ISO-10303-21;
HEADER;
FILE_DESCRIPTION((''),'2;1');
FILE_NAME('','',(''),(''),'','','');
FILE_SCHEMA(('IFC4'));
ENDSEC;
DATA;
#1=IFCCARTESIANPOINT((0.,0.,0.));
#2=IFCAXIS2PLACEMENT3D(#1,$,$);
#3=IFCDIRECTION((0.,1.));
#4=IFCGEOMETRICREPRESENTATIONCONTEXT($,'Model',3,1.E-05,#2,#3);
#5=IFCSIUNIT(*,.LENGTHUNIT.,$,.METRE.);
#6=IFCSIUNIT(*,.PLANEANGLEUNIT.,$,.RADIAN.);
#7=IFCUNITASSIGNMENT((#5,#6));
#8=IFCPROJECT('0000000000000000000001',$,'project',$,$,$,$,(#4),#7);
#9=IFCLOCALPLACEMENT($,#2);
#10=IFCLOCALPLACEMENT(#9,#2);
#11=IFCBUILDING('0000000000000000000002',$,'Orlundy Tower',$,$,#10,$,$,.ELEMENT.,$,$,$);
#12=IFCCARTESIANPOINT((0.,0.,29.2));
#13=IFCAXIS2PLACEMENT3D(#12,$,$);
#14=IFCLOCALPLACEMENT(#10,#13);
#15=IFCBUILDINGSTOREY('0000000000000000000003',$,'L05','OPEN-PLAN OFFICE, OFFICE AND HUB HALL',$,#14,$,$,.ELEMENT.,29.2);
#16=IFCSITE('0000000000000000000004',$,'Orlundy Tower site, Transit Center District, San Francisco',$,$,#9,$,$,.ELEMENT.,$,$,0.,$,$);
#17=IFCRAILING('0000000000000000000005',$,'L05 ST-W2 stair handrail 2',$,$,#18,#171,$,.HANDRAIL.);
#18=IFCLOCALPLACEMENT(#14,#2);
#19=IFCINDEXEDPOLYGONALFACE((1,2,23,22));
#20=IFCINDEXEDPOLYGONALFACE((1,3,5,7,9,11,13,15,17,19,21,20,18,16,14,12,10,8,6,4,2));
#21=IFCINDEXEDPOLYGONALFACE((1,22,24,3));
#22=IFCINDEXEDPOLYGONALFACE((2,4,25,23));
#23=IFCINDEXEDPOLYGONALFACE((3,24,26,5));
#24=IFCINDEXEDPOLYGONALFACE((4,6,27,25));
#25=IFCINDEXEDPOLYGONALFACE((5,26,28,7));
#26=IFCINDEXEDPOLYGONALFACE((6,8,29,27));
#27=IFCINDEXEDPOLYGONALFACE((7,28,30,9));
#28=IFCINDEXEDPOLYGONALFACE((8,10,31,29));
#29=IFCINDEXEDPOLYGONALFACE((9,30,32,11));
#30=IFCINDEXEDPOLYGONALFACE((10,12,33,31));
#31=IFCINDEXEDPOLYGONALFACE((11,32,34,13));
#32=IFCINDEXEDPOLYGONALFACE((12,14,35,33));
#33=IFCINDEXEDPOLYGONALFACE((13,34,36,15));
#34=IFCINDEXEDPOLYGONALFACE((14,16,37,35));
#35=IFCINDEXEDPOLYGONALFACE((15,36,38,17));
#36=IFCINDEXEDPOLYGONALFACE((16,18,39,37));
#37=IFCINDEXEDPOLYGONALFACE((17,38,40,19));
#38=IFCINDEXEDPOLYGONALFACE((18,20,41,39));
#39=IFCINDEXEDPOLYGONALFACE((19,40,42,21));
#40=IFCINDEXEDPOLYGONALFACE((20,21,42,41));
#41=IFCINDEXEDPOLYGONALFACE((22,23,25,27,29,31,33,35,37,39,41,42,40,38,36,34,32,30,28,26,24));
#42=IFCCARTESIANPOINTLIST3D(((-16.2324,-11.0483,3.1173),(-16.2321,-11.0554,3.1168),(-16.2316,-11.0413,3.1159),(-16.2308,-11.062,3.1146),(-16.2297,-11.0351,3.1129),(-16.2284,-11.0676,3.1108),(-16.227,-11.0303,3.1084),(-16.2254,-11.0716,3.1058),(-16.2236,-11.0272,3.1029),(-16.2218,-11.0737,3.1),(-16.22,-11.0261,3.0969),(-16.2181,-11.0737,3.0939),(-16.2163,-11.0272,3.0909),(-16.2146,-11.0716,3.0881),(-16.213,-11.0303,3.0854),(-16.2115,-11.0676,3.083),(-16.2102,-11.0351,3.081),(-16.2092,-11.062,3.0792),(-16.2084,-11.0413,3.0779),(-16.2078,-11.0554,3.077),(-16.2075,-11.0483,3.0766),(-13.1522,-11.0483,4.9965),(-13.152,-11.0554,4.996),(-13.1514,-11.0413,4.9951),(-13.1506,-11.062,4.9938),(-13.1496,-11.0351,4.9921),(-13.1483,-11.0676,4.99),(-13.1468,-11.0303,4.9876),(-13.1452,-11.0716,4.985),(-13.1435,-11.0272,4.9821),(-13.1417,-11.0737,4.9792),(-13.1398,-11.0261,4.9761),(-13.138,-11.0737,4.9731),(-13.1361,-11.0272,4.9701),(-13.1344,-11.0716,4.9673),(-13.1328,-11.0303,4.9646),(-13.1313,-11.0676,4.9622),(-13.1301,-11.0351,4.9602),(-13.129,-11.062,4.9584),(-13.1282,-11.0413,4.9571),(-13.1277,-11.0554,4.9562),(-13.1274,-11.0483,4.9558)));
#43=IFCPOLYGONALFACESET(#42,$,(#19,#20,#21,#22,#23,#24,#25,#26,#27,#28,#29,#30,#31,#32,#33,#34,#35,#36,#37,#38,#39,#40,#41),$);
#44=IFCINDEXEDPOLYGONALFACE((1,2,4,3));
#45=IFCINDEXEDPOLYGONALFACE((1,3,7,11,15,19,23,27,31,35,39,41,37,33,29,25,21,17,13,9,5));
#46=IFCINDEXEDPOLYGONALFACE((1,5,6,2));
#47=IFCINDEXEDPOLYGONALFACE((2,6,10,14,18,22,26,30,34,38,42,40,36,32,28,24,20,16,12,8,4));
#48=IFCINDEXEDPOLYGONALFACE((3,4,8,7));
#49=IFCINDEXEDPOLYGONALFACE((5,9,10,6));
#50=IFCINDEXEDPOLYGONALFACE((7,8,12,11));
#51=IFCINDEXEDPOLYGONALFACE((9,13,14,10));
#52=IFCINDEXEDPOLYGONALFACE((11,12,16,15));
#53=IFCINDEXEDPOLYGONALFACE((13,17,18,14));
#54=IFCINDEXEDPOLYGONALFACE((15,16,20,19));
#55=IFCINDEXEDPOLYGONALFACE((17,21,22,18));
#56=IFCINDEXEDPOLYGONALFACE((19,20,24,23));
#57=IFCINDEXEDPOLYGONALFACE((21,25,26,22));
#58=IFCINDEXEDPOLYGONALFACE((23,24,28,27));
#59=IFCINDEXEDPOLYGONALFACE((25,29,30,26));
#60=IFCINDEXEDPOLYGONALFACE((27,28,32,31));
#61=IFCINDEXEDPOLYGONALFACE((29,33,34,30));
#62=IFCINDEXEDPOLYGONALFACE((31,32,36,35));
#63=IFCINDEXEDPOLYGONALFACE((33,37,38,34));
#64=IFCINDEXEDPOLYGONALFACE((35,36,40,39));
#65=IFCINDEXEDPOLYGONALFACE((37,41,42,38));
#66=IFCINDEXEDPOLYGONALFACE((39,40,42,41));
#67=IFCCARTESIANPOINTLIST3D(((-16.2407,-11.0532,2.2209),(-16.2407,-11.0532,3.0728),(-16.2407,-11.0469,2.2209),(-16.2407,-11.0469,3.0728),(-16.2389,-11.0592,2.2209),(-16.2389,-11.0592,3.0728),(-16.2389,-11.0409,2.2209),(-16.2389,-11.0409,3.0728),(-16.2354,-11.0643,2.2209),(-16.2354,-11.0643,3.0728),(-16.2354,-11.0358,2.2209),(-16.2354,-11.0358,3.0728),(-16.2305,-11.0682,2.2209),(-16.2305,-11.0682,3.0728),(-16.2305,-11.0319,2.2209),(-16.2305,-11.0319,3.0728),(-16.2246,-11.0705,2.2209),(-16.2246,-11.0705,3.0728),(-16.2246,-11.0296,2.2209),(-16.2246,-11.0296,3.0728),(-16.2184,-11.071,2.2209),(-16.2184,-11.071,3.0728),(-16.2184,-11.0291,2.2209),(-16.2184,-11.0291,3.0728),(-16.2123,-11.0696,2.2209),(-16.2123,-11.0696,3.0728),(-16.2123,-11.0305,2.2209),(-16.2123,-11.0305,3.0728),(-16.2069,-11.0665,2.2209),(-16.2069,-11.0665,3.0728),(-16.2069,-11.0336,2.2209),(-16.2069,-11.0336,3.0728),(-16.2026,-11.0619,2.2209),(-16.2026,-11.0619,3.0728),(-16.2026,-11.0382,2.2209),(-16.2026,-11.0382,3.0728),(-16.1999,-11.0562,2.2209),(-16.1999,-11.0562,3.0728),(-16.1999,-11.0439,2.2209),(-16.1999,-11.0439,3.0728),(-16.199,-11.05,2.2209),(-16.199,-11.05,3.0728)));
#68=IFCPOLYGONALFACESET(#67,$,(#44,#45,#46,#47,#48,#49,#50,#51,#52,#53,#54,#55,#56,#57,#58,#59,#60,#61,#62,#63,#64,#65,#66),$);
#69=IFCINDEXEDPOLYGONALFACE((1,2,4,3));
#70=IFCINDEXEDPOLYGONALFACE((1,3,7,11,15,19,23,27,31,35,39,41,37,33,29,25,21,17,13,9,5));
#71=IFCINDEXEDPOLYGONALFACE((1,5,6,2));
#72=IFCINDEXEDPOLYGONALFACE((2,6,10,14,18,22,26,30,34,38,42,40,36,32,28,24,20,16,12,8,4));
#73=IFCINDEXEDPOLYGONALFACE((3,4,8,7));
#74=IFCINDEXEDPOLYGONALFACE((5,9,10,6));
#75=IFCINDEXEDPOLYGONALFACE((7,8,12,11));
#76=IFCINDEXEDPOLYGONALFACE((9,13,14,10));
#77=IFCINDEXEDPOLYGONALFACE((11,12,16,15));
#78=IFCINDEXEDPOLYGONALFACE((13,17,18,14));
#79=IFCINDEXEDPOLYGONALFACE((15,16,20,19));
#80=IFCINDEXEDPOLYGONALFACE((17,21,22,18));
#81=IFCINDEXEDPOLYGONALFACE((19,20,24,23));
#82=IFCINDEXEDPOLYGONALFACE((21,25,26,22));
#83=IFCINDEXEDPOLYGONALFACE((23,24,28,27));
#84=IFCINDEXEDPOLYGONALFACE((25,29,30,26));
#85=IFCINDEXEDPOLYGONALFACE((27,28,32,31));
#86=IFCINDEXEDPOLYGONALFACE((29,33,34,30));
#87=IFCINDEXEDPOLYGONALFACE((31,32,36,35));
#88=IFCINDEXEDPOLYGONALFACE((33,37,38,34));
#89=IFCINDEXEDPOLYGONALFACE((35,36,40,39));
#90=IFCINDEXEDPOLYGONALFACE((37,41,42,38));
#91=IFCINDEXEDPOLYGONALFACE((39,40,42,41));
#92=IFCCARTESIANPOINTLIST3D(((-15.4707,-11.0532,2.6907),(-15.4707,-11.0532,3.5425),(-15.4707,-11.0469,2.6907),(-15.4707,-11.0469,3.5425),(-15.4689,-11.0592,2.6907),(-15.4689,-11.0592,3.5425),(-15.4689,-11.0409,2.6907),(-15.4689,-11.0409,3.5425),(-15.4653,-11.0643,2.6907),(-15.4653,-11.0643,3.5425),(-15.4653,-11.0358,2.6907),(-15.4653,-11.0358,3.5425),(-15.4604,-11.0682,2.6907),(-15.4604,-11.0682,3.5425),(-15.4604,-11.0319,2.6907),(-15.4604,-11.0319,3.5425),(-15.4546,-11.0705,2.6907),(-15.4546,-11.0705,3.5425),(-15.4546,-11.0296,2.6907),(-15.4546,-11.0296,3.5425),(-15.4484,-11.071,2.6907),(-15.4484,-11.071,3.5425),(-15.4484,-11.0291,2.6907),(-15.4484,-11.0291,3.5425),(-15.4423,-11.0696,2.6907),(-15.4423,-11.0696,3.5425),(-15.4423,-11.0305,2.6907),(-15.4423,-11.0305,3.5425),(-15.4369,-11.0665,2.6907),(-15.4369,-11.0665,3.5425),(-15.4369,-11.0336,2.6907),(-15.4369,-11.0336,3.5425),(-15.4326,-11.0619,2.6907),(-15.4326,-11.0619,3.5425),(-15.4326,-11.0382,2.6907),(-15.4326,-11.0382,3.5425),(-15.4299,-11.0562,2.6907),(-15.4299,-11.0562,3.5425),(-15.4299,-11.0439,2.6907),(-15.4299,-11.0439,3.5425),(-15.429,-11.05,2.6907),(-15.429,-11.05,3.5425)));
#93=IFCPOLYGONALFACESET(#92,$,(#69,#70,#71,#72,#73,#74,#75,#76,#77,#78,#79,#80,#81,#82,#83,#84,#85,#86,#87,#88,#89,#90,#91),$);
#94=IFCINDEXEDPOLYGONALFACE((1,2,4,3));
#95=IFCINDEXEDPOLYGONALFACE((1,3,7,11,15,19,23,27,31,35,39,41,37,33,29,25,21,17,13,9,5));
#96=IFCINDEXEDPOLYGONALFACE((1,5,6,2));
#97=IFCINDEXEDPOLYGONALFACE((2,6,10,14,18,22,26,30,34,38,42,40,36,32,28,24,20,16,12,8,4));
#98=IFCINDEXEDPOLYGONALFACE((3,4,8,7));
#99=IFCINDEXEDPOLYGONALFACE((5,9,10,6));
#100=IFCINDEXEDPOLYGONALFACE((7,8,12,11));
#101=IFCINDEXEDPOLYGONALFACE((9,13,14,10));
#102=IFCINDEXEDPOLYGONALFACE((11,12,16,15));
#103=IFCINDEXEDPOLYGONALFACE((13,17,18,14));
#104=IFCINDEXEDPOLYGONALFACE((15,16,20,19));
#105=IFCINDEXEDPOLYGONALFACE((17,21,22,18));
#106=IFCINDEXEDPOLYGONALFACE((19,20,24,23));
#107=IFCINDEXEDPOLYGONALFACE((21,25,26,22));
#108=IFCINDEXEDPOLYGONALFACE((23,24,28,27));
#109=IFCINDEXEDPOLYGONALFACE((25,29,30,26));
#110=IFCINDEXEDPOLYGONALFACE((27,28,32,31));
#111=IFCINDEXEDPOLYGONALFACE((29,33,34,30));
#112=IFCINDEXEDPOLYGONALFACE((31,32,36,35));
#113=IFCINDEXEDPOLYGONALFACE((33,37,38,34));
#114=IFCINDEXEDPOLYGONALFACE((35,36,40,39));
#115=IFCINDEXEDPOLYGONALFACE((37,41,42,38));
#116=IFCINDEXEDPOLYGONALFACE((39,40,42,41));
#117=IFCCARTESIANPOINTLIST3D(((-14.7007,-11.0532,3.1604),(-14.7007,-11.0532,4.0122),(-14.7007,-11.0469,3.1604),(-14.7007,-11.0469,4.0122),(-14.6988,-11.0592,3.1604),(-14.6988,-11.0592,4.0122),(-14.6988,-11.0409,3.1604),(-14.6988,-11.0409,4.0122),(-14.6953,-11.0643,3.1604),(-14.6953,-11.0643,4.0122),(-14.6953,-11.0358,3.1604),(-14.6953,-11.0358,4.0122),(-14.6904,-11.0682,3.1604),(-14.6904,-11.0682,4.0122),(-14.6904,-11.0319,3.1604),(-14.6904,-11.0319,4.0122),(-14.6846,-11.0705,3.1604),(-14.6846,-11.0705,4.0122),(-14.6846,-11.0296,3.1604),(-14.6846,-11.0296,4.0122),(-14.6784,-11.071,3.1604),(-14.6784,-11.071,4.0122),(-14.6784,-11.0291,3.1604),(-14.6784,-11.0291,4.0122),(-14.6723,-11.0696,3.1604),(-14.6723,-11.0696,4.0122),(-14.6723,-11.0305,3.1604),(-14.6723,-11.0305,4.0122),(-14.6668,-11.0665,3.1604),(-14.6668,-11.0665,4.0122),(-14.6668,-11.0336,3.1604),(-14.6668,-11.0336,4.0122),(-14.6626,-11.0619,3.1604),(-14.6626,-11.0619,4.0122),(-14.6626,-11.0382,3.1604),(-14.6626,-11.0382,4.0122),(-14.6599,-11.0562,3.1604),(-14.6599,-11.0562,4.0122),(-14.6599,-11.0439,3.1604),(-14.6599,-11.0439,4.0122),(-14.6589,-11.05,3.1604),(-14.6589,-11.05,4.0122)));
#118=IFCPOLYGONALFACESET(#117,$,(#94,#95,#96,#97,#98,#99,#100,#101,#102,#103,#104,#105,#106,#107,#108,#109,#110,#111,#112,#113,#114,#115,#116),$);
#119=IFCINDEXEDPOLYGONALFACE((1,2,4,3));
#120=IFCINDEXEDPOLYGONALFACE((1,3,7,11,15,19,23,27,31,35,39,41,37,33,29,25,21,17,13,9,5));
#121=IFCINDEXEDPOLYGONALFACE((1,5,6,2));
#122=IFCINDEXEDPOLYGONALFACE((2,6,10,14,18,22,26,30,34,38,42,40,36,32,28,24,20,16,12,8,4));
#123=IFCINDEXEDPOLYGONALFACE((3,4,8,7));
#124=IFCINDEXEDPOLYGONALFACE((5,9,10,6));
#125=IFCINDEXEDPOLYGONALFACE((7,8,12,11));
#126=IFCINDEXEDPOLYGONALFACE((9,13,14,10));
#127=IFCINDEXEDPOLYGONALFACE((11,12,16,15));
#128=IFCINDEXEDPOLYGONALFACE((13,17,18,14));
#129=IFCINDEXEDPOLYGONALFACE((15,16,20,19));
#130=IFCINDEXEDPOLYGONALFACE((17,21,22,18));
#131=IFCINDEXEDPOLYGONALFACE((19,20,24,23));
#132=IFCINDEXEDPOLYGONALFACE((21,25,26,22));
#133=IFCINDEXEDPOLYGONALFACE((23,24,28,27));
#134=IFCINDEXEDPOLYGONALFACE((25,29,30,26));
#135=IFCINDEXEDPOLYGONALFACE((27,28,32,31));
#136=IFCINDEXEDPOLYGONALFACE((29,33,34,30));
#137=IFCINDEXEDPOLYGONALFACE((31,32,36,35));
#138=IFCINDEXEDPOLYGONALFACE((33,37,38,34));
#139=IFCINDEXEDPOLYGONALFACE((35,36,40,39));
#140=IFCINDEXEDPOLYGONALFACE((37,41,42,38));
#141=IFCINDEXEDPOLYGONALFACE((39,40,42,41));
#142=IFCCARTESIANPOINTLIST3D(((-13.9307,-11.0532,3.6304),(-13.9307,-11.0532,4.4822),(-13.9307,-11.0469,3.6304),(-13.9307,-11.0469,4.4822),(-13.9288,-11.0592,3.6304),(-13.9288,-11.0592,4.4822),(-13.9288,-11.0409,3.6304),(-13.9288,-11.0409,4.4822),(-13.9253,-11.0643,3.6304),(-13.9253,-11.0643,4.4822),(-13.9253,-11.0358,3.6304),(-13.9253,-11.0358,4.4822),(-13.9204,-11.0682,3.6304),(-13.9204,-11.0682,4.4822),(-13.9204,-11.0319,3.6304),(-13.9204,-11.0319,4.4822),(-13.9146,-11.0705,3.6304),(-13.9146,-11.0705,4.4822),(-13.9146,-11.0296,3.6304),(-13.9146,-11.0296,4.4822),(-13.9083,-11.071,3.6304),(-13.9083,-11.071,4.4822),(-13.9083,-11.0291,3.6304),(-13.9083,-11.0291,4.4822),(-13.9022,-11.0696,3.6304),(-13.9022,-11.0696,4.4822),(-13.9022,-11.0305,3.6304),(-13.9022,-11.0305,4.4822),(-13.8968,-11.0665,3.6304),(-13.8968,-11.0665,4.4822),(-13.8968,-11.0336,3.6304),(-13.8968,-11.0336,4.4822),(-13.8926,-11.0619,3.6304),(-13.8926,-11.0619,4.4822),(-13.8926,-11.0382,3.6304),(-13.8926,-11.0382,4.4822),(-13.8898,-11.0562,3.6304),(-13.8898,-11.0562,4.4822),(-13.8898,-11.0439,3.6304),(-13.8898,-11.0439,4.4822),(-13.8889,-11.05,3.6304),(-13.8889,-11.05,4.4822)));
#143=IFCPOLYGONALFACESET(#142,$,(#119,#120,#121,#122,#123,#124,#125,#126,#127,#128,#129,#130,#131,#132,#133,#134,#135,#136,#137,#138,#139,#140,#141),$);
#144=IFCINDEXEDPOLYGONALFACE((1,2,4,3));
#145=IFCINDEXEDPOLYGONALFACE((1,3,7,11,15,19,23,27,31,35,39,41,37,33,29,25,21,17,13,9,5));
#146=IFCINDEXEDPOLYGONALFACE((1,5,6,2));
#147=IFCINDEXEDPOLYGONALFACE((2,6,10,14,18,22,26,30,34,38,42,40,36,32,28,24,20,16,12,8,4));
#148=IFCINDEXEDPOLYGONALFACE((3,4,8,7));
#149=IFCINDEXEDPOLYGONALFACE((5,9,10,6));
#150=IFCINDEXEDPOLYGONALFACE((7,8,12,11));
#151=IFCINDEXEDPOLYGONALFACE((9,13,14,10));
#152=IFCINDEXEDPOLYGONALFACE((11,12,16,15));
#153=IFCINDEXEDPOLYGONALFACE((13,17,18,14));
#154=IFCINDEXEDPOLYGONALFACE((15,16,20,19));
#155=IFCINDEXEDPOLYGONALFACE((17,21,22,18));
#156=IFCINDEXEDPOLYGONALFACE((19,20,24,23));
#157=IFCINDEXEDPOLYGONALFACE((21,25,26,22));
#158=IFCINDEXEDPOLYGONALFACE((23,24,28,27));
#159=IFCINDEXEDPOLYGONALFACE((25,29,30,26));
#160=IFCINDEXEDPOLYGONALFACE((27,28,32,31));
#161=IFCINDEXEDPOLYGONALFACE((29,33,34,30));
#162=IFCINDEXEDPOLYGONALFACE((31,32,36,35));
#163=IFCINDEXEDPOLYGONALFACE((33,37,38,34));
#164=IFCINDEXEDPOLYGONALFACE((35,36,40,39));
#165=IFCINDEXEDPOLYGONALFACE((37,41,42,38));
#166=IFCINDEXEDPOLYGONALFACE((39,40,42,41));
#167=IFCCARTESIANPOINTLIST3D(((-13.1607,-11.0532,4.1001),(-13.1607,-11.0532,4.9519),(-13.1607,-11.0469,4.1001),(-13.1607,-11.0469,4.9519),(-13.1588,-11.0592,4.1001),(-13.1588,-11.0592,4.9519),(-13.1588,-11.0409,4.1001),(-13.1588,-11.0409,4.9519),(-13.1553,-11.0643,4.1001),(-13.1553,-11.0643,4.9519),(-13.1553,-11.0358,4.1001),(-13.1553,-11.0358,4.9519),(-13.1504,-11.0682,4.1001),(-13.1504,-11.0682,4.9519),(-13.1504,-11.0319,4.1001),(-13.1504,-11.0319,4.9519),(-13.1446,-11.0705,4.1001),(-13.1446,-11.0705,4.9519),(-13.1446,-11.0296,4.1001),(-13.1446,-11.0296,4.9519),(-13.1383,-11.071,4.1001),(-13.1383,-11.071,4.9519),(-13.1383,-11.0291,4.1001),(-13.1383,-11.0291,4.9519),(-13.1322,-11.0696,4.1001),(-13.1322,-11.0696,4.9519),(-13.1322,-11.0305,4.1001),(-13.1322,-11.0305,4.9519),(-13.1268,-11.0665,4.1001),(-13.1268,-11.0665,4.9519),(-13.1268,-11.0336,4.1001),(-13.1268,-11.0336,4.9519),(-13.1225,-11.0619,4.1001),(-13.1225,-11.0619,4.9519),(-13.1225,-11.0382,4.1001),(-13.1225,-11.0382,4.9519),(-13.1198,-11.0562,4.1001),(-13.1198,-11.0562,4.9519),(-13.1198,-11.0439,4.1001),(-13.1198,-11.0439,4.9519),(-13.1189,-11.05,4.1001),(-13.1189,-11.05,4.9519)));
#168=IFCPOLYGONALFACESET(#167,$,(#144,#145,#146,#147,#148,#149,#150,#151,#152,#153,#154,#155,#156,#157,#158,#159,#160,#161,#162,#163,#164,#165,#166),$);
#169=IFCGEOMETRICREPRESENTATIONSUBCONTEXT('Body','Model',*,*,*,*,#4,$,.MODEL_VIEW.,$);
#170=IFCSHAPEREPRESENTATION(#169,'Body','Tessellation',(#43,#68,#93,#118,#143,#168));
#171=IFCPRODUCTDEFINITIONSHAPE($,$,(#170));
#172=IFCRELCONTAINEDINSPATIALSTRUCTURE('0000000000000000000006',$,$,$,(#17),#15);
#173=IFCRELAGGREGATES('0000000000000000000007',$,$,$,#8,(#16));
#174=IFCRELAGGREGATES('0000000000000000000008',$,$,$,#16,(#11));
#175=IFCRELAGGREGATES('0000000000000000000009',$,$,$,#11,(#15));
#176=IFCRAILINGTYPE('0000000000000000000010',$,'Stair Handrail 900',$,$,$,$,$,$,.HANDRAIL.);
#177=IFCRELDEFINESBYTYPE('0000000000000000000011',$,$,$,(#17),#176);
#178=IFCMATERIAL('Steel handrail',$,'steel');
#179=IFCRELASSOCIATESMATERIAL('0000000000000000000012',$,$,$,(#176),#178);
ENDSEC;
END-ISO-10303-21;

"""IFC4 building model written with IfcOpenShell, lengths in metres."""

from ifc_helpers import new_model, si_unit, direction, frame, origin, origin_2d, place, context, subcontext, project, spatial, circle, extrude, material, type_object, element, save


model = new_model("IFC4")

# Units and contexts
model_context = context("Model", 3, precision=1e-05, world=origin(), true_north=direction((0.0, 1.0)))
body_context = subcontext(model_context, "Body", "Model", "MODEL_VIEW")
ifc_project = project(units=[si_unit("LENGTHUNIT", "METRE"), si_unit("PLANEANGLEUNIT", "RADIAN")], contexts=[model_context])

# Site, building, storey
site_placement = place(None, origin())
site = spatial("IfcSite", under=ifc_project, at=site_placement, Name="Orlundy Tower site, Transit Center District, San Francisco", CompositionType="ELEMENT", RefElevation=0.0)
building_placement = place(site_placement, origin())
building = spatial("IfcBuilding", under=site, at=building_placement, Name="Orlundy Tower", CompositionType="ELEMENT")
storey_placement = place(building_placement, frame((0.0, 0.0, 29.2)))
storey = spatial("IfcBuildingStorey", under=building, at=storey_placement, Name="L05", Description="OPEN-PLAN OFFICE, OFFICE AND HUB HALL", CompositionType="ELEMENT", Elevation=29.2)

# Railing
ifc_material_1 = material(Name="Steel handrail", Category="steel")
railing_type_1 = type_object("IfcRailingType", Name="Stair Handrail 900", PredefinedType="HANDRAIL", material=ifc_material_1)
railing_1_placement = place(storey_placement, frame((-16.22, -11.05, 2.2209)))
element("IfcRailing", 1, at=railing_1_placement, inside=storey, type_object=railing_type_1, Name="L05 ST-W2 stair handrail 2", PredefinedType="HANDRAIL", context=body_context, shape_type="SweptSolid", body=[
    extrude(circle(Radius=0.0239, at=origin_2d()), frame((0.0, 0.0, 0.876), z_axis=(0.853666, 0.0, 0.52082), x_axis=(0.0, 1.0, 0.0)), (0.0, 0.0, 1.0), 3.6082),
    extrude(circle(Radius=0.021, at=origin_2d()), origin(), (0.0, 0.0, 1.0), 0.8518),
    extrude(circle(Radius=0.021, at=origin_2d()), frame((0.77, 0.0, 0.4697)), (0.0, 0.0, 1.0), 0.8518),
    extrude(circle(Radius=0.021, at=origin_2d()), frame((1.54, 0.0, 0.9395)), (0.0, 0.0, 1.0), 0.8518),
    extrude(circle(Radius=0.021, at=origin_2d()), frame((2.3101, 0.0, 1.4094)), (0.0, 0.0, 1.0), 0.8518),
    extrude(circle(Radius=0.021, at=origin_2d()), frame((3.0801, 0.0, 1.8792)), (0.0, 0.0, 1.0), 0.8518),
])

save(model, "model.ifc")
